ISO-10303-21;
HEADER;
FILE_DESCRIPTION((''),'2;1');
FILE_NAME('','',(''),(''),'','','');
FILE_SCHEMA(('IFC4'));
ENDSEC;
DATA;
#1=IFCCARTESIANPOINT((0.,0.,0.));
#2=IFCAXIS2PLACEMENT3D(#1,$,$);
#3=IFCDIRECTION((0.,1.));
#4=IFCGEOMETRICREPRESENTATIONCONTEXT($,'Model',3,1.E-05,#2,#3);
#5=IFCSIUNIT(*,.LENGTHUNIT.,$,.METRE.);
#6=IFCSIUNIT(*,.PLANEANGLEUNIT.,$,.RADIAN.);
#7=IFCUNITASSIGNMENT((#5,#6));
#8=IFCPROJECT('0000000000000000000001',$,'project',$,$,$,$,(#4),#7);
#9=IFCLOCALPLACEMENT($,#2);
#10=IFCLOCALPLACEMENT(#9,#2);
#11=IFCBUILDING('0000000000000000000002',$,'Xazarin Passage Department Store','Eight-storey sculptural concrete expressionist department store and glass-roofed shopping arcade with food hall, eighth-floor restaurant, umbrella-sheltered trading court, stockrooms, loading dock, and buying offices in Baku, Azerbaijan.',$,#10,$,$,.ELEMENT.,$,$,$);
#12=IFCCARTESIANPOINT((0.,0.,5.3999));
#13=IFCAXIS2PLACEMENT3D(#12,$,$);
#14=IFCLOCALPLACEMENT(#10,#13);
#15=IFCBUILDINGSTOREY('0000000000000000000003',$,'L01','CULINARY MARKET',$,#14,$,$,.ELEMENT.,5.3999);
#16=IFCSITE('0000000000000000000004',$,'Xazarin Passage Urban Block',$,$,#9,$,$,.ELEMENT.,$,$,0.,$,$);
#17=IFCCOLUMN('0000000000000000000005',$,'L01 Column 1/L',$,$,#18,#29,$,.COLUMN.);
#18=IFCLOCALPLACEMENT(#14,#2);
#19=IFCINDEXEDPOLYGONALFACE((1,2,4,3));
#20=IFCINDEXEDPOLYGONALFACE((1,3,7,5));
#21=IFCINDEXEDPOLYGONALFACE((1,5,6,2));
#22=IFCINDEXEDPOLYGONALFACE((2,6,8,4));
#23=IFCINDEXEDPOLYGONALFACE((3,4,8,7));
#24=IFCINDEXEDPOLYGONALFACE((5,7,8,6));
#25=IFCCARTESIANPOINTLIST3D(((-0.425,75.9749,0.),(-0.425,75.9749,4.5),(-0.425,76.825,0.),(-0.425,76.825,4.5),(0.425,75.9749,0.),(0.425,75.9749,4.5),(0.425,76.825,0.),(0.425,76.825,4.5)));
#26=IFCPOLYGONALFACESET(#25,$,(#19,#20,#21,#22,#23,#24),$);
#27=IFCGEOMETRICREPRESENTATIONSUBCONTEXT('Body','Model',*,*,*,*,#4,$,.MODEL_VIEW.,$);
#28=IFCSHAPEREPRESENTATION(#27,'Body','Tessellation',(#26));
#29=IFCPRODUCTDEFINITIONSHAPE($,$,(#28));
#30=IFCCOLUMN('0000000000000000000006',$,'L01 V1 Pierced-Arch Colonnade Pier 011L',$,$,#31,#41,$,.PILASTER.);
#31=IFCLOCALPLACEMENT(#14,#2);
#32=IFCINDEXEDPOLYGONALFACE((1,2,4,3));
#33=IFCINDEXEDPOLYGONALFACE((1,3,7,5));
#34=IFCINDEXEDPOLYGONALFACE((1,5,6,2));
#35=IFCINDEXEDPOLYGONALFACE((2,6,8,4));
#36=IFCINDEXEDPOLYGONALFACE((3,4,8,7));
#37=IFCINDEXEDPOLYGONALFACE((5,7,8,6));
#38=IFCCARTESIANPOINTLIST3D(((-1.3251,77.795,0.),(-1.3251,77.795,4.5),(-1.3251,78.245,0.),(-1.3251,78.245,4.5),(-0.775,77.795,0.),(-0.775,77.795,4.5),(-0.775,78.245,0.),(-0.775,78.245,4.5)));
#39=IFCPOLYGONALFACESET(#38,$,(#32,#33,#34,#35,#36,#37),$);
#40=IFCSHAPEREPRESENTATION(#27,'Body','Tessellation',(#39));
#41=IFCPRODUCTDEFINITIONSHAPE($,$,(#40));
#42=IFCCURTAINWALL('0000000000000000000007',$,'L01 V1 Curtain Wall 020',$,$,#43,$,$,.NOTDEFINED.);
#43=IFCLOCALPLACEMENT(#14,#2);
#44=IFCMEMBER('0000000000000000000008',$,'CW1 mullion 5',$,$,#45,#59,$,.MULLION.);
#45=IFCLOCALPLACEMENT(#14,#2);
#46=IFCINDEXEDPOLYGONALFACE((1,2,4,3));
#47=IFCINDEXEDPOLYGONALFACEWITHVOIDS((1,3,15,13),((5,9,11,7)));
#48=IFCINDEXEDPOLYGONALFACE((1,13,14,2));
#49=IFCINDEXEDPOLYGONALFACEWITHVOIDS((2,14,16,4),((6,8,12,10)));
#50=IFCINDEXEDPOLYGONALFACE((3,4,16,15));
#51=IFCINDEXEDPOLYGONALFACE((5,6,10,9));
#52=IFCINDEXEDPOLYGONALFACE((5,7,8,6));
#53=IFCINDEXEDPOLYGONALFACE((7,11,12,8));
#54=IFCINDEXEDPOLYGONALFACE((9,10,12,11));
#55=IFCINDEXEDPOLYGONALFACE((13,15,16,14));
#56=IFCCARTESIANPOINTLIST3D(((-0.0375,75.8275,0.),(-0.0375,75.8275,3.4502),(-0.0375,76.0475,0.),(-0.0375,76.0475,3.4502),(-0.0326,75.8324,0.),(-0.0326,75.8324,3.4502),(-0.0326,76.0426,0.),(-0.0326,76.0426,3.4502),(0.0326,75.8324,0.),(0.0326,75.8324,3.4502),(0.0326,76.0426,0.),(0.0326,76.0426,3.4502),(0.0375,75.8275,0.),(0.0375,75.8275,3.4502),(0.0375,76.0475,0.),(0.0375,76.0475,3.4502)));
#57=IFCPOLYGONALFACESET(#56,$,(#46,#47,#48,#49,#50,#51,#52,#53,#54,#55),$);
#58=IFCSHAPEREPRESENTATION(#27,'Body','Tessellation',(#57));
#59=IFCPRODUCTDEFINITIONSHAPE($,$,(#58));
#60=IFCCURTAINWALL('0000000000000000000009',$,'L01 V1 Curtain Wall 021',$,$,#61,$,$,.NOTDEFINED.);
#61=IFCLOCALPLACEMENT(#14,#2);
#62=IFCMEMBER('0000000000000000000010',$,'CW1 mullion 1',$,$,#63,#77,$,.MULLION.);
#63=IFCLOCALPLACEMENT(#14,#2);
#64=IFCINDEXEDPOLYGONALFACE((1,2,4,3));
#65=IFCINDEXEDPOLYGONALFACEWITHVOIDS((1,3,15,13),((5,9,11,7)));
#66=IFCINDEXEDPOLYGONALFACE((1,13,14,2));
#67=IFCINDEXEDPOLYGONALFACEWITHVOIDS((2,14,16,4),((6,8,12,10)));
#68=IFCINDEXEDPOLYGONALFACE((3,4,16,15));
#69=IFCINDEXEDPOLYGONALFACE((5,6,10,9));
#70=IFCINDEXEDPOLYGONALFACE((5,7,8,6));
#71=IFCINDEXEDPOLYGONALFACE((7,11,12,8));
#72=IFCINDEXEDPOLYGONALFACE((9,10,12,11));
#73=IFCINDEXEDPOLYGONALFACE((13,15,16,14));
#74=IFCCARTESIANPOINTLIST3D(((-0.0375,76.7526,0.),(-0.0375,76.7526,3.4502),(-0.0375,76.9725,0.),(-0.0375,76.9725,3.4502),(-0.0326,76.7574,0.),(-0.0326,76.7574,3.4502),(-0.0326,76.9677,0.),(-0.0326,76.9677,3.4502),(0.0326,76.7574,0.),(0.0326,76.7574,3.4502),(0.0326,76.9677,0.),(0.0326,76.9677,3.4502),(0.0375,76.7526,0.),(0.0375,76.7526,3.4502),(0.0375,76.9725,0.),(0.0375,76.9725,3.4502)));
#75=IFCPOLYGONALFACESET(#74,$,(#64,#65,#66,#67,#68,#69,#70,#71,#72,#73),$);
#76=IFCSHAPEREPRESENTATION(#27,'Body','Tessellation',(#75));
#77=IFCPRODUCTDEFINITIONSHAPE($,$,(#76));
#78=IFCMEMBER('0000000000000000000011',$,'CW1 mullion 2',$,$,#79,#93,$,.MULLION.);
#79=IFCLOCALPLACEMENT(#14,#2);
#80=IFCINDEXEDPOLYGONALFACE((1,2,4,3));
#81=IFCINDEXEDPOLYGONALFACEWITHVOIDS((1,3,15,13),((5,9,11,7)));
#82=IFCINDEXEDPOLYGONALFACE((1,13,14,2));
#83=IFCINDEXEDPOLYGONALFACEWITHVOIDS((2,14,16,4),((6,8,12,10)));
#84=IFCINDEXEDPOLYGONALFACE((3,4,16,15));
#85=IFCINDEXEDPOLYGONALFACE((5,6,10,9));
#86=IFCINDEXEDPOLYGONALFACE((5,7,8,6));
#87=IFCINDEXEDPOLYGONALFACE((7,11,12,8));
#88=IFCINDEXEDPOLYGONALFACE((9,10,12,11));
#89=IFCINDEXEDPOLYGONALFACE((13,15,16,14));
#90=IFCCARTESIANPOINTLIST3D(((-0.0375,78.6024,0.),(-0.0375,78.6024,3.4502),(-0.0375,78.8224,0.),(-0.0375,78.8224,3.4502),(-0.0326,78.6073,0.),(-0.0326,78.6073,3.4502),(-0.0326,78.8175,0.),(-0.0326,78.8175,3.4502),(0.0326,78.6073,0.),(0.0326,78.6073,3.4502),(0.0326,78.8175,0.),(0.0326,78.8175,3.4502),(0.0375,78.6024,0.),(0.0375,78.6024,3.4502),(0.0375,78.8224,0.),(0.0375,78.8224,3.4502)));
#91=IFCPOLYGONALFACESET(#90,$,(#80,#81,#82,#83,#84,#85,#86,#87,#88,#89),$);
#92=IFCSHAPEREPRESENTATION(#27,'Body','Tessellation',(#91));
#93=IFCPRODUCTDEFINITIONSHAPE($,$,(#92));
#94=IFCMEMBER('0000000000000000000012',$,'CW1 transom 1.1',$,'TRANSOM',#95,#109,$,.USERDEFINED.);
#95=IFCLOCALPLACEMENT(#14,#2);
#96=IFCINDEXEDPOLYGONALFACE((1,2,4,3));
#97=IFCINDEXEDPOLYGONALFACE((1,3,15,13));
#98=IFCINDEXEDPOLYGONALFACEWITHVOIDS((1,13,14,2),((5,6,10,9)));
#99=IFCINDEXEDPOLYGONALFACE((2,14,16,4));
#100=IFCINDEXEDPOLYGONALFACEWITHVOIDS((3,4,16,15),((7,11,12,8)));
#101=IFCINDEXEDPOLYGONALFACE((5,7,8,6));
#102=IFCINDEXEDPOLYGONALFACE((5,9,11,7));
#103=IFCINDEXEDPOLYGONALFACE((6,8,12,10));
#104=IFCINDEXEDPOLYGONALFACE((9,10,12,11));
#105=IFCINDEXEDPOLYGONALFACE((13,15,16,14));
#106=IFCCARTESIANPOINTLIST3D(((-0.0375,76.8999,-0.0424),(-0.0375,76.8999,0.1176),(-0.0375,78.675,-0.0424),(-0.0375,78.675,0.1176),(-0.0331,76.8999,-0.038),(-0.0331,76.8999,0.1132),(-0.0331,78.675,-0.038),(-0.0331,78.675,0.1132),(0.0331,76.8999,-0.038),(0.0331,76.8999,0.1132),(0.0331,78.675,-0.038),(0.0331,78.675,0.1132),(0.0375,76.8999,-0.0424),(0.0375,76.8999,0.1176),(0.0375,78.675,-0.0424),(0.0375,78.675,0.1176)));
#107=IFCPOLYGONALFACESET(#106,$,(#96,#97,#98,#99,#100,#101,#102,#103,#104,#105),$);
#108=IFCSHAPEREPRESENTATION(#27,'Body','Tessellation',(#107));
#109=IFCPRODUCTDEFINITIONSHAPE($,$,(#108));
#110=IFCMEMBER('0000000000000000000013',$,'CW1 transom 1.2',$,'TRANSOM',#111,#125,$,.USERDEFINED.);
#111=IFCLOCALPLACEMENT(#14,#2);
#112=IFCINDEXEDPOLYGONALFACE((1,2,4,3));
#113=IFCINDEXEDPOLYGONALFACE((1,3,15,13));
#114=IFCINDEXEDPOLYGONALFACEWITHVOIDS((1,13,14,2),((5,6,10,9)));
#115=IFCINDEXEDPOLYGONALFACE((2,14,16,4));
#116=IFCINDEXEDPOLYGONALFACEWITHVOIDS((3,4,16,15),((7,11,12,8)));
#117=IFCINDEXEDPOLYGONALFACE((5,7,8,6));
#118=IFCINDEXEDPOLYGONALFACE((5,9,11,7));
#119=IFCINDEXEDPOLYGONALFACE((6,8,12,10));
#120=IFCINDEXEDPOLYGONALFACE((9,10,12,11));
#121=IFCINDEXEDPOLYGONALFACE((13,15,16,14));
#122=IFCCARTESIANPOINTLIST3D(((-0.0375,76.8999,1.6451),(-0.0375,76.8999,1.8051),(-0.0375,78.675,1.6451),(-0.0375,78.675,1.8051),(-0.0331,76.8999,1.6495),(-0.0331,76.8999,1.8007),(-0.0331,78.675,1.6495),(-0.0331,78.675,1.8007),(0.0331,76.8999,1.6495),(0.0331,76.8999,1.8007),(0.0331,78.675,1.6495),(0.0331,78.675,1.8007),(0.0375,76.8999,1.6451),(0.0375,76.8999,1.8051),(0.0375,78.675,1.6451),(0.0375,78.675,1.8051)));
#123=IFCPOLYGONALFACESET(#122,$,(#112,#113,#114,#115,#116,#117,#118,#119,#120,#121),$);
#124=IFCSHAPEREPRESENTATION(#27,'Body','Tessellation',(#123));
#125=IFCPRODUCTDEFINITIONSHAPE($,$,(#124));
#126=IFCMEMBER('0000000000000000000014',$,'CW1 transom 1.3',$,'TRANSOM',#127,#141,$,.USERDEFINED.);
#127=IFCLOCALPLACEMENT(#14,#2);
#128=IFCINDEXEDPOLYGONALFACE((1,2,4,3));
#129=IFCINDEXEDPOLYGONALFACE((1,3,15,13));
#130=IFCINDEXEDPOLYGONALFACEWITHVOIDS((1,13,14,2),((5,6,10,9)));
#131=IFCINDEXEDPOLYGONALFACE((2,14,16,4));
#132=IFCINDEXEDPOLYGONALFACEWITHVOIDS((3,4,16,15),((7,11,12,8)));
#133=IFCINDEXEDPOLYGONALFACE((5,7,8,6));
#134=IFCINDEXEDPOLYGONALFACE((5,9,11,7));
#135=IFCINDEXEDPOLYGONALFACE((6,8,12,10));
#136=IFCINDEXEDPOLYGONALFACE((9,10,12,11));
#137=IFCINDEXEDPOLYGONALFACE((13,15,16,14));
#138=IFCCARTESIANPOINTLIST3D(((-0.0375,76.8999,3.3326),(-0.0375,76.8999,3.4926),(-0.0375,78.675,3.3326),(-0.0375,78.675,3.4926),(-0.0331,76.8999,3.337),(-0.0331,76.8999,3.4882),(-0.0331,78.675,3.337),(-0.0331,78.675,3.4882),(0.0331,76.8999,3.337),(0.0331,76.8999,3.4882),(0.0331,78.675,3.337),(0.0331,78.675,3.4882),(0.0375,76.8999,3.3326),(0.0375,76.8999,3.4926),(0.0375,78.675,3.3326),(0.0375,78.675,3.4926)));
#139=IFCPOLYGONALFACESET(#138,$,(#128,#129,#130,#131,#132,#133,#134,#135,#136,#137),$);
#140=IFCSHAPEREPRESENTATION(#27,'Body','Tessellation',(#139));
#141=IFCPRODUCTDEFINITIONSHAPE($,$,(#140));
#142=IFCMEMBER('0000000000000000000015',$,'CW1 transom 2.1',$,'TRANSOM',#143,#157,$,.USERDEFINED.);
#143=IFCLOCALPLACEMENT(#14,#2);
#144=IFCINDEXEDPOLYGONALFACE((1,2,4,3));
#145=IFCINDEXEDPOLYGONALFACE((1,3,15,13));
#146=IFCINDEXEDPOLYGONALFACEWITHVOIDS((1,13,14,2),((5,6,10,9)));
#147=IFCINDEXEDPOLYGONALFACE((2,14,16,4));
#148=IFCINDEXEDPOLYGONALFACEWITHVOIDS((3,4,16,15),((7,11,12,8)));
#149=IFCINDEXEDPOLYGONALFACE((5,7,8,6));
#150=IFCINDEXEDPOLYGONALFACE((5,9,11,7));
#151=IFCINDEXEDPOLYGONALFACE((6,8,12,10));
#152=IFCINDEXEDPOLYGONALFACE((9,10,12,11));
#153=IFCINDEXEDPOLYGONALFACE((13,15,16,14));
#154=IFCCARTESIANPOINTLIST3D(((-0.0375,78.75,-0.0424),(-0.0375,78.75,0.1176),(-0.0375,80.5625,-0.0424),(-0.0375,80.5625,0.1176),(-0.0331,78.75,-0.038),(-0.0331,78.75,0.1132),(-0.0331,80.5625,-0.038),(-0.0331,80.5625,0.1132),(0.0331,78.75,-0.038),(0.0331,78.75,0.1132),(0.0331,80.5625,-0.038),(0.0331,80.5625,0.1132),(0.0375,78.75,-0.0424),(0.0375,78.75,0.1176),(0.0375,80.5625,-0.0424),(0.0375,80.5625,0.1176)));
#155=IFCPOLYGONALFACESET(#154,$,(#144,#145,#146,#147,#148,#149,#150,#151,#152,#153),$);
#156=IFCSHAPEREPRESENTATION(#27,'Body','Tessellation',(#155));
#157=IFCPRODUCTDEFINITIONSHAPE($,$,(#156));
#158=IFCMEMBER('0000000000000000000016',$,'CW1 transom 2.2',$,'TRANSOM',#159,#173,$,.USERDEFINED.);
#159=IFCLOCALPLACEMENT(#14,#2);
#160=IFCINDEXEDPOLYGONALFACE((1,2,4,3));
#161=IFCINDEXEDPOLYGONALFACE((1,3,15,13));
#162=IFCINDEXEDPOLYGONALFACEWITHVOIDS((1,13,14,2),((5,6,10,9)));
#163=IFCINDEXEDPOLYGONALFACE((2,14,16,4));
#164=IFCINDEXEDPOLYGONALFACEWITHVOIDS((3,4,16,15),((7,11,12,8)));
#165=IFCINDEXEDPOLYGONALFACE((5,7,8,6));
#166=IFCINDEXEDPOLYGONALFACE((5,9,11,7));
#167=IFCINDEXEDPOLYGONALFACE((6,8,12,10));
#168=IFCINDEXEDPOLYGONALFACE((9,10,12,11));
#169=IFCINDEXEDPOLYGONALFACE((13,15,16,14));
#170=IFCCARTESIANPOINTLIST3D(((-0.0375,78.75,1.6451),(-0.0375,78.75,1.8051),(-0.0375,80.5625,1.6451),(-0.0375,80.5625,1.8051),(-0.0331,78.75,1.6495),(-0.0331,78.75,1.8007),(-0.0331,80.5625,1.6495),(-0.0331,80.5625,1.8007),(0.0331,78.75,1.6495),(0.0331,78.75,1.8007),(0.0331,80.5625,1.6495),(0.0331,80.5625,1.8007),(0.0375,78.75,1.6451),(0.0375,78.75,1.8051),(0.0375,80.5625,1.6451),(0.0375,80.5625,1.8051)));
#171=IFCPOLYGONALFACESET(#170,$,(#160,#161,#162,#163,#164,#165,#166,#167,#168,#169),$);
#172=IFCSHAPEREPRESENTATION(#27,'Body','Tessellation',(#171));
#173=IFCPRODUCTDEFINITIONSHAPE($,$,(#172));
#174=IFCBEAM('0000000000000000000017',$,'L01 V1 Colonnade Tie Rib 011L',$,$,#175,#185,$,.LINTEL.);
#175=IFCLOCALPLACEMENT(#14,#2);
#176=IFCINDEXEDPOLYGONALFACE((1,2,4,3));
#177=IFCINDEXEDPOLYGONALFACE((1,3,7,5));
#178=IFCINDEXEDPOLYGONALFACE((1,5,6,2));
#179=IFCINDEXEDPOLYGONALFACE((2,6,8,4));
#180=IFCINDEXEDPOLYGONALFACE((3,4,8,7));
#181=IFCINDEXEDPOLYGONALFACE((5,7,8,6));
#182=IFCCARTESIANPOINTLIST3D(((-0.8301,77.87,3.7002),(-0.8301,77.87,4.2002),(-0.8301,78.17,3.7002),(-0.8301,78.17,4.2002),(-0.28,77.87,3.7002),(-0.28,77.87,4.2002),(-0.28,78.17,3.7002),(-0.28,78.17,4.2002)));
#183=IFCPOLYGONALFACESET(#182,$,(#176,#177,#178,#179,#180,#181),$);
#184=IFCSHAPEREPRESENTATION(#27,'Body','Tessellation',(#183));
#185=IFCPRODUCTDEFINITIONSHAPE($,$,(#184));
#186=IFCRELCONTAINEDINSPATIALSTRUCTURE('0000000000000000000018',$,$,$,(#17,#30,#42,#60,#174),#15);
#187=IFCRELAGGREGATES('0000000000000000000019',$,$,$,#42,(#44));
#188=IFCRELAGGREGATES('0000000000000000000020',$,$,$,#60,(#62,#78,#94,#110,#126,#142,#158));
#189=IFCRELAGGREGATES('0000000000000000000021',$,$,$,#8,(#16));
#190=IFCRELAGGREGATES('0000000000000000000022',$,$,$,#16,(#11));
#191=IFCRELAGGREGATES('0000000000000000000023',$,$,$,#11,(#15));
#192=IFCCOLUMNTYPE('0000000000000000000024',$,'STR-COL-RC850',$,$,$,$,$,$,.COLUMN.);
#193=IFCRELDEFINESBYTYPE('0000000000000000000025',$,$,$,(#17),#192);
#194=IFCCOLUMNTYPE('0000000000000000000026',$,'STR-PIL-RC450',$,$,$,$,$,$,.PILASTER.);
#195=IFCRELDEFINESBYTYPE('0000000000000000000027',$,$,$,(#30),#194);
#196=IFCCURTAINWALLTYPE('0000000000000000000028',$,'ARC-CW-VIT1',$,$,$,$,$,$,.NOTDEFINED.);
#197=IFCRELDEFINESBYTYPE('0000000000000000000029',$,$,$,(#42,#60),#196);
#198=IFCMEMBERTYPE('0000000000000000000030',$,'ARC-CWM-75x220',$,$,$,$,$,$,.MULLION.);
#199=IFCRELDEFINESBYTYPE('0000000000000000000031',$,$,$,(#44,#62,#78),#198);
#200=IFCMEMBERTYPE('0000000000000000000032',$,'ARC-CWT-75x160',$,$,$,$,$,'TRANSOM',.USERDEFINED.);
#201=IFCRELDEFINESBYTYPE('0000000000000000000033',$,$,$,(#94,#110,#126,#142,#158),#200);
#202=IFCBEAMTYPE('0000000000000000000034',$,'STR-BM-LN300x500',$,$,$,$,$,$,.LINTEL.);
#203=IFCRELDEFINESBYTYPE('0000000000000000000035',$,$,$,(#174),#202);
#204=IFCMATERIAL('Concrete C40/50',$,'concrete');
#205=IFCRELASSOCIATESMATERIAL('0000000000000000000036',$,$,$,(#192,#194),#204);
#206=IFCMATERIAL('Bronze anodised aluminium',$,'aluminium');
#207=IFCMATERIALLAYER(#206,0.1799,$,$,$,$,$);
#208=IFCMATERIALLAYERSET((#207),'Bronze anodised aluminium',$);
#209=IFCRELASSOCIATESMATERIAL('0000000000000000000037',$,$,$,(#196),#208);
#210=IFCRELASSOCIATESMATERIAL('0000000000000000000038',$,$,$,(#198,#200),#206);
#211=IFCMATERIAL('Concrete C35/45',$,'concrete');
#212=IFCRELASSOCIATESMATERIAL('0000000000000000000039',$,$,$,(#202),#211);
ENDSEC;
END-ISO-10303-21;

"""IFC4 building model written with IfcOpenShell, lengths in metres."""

from ifc_helpers import new_model, si_unit, direction, frame, origin, origin_2d, place, context, subcontext, project, spatial, rectangle, hollow_rectangle, extrude, material, layer, layer_set, material_profile, profile_set, type_object, element, aggregate, save


model = new_model("IFC4")

# Units and contexts
model_context = context("Model", 3, precision=1e-05, world=origin(), true_north=direction((0.0, 1.0)))
body_context = subcontext(model_context, "Body", "Model", "MODEL_VIEW")
ifc_project = project(units=[si_unit("LENGTHUNIT", "METRE"), si_unit("PLANEANGLEUNIT", "RADIAN")], contexts=[model_context])

# Site, building, storey
site_placement = place(None, origin())
site = spatial("IfcSite", under=ifc_project, at=site_placement, Name="Xazarin Passage Urban Block", CompositionType="ELEMENT", RefElevation=0.0)
building_placement = place(site_placement, origin())
building = spatial("IfcBuilding", under=site, at=building_placement, Name="Xazarin Passage Department Store", Description="Eight-storey sculptural concrete expressionist department store and glass-roofed shopping arcade with food hall, eighth-floor restaurant, umbrella-sheltered trading court, stockrooms, loading dock, and buying offices in Baku, Azerbaijan.", CompositionType="ELEMENT")
storey_placement = place(building_placement, frame((0.0, 0.0, 5.3999)))
storey = spatial("IfcBuildingStorey", under=building, at=storey_placement, Name="L01", Description="CULINARY MARKET", CompositionType="ELEMENT", Elevation=5.3999)

# Columns
ifc_material_1 = material(Name="Concrete C40/50", Category="concrete")
ifc_material_profile_1 = material_profile(ifc_material_1, rectangle(XDim=0.8501, YDim=0.8501, at=origin_2d()), Name="RC 850x850")
ifc_profile_set_1 = profile_set([ifc_material_profile_1], Name="Concrete C40/50")
column_type_1 = type_object("IfcColumnType", Name="STR-COL-RC850", PredefinedType="COLUMN", material=ifc_profile_set_1)
column_1_placement = place(storey_placement, frame((0.0, 76.3999, 0.0), z_axis=(0.0, 0.0, 1.0), x_axis=(1.0, 0.0, 0.0)))
element("IfcColumn", 1, at=column_1_placement, inside=storey, type_object=column_type_1, Name="L01 Column 1/L", PredefinedType="COLUMN", context=body_context, shape_type="SweptSolid", body=[
    extrude(rectangle(XDim=0.8501, YDim=0.8501, at=origin_2d()), origin(), (0.0, 0.0, 1.0), 4.5),
])
ifc_material_profile_2 = material_profile(ifc_material_1, rectangle(XDim=0.45, YDim=0.55, at=origin_2d()), Name="RC 450x550")
ifc_profile_set_2 = profile_set([ifc_material_profile_2], Name="Concrete C40/50")
column_type_2 = type_object("IfcColumnType", Name="STR-PIL-RC450", PredefinedType="PILASTER", material=ifc_profile_set_2)
column_2_placement = place(storey_placement, frame((-1.05, 78.02, 0.0), z_axis=(0.0, 0.0, 1.0), x_axis=(0.0, 1.0, 0.0)))
element("IfcColumn", 2, at=column_2_placement, inside=storey, type_object=column_type_2, Name="L01 V1 Pierced-Arch Colonnade Pier 011L", PredefinedType="PILASTER", context=body_context, shape_type="SweptSolid", body=[
    extrude(rectangle(XDim=0.45, YDim=0.55, at=origin_2d()), origin(), (0.0, 0.0, 1.0), 4.5),
])

# Curtain wall, member
ifc_material_2 = material(Name="Bronze anodised aluminium", Category="aluminium")
ifc_layer_1 = layer(ifc_material_2, 0.1799)
ifc_layer_set_1 = layer_set([ifc_layer_1], Name="Bronze anodised aluminium")
curtain_wall_type = type_object("IfcCurtainWallType", Name="ARC-CW-VIT1", PredefinedType="NOTDEFINED", material=ifc_layer_set_1)
curtain_wall_1_placement = place(storey_placement, origin())
curtain_wall_1 = element("IfcCurtainWall", 3, at=curtain_wall_1_placement, inside=storey, type_object=curtain_wall_type, Name="L01 V1 Curtain Wall 020", PredefinedType="NOTDEFINED")
ifc_material_profile_3 = material_profile(ifc_material_2, hollow_rectangle(XDim=0.075, YDim=0.22, WallThickness=0.0049, at=origin_2d()), Name="ALU 75x220")
ifc_profile_set_3 = profile_set([ifc_material_profile_3], Name="Bronze anodised aluminium")
member_type_1 = type_object("IfcMemberType", Name="ARC-CWM-75x220", PredefinedType="MULLION", material=ifc_profile_set_3)
member_1_placement = place(storey_placement, frame((0.0, 75.9375, 0.0), z_axis=(0.0, 0.0, 1.0), x_axis=(-1.0, 0.0, 0.0)))
member_1 = element("IfcMember", 4, at=member_1_placement, type_object=member_type_1, Name="CW1 mullion 5", PredefinedType="MULLION", context=body_context, shape_type="SweptSolid", body=[
    extrude(hollow_rectangle(XDim=0.075, YDim=0.22, WallThickness=0.0049, at=origin_2d()), origin(), (0.0, 0.0, 1.0), 3.4502),
])

# Curtain wall, members
curtain_wall_2_placement = place(storey_placement, origin())
curtain_wall_2 = element("IfcCurtainWall", 5, at=curtain_wall_2_placement, inside=storey, type_object=curtain_wall_type, Name="L01 V1 Curtain Wall 021", PredefinedType="NOTDEFINED")
member_2_placement = place(storey_placement, frame((0.0, 76.8625, 0.0), z_axis=(0.0, 0.0, 1.0), x_axis=(-1.0, 0.0, 0.0)))
member_2 = element("IfcMember", 6, at=member_2_placement, type_object=member_type_1, Name="CW1 mullion 1", PredefinedType="MULLION", context=body_context, shape_type="SweptSolid", body=[
    extrude(hollow_rectangle(XDim=0.075, YDim=0.22, WallThickness=0.0049, at=origin_2d()), origin(), (0.0, 0.0, 1.0), 3.4502),
])
member_3_placement = place(storey_placement, frame((0.0, 78.7124, 0.0), z_axis=(0.0, 0.0, 1.0), x_axis=(-1.0, 0.0, 0.0)))
member_3 = element("IfcMember", 7, at=member_3_placement, type_object=member_type_1, Name="CW1 mullion 2", PredefinedType="MULLION", context=body_context, shape_type="SweptSolid", body=[
    extrude(hollow_rectangle(XDim=0.075, YDim=0.22, WallThickness=0.0049, at=origin_2d()), origin(), (0.0, 0.0, 1.0), 3.4502),
])
ifc_material_profile_4 = material_profile(ifc_material_2, hollow_rectangle(XDim=0.075, YDim=0.1599, WallThickness=0.0044, at=origin_2d()), Name="ALU 75x160")
ifc_profile_set_4 = profile_set([ifc_material_profile_4], Name="Bronze anodised aluminium")
member_type_2 = type_object("IfcMemberType", Name="ARC-CWT-75x160", ElementType="TRANSOM", PredefinedType="USERDEFINED", material=ifc_profile_set_4)
member_4_placement = place(storey_placement, frame((0.0, 76.8999, 0.0376), z_axis=(0.0, 1.0, 0.0), x_axis=(-1.0, 0.0, 0.0)))
member_4 = element("IfcMember", 8, at=member_4_placement, type_object=member_type_2, Name="CW1 transom 1.1", ObjectType="TRANSOM", PredefinedType="USERDEFINED", context=body_context, shape_type="SweptSolid", body=[
    extrude(hollow_rectangle(XDim=0.075, YDim=0.1599, WallThickness=0.0044, at=origin_2d()), origin(), (0.0, 0.0, 1.0), 1.7751),
])
member_5_placement = place(storey_placement, frame((0.0, 76.8999, 1.7251), z_axis=(0.0, 1.0, 0.0), x_axis=(-1.0, 0.0, 0.0)))
member_5 = element("IfcMember", 9, at=member_5_placement, type_object=member_type_2, Name="CW1 transom 1.2", ObjectType="TRANSOM", PredefinedType="USERDEFINED", context=body_context, shape_type="SweptSolid", body=[
    extrude(hollow_rectangle(XDim=0.075, YDim=0.1599, WallThickness=0.0044, at=origin_2d()), origin(), (0.0, 0.0, 1.0), 1.7751),
])
member_6_placement = place(storey_placement, frame((0.0, 76.8999, 3.4126), z_axis=(0.0, 1.0, 0.0), x_axis=(-1.0, 0.0, 0.0)))
member_6 = element("IfcMember", 10, at=member_6_placement, type_object=member_type_2, Name="CW1 transom 1.3", ObjectType="TRANSOM", PredefinedType="USERDEFINED", context=body_context, shape_type="SweptSolid", body=[
    extrude(hollow_rectangle(XDim=0.075, YDim=0.1599, WallThickness=0.0044, at=origin_2d()), origin(), (0.0, 0.0, 1.0), 1.7751),
])
member_7_placement = place(storey_placement, frame((0.0, 78.75, 0.0376), z_axis=(0.0, 1.0, 0.0), x_axis=(-1.0, 0.0, 0.0)))
member_7 = element("IfcMember", 11, at=member_7_placement, type_object=member_type_2, Name="CW1 transom 2.1", ObjectType="TRANSOM", PredefinedType="USERDEFINED", context=body_context, shape_type="SweptSolid", body=[
    extrude(hollow_rectangle(XDim=0.075, YDim=0.1599, WallThickness=0.0044, at=origin_2d()), origin(), (0.0, 0.0, 1.0), 1.8125),
])
member_8_placement = place(storey_placement, frame((0.0, 78.75, 1.7251), z_axis=(0.0, 1.0, 0.0), x_axis=(-1.0, 0.0, 0.0)))
member_8 = element("IfcMember", 12, at=member_8_placement, type_object=member_type_2, Name="CW1 transom 2.2", ObjectType="TRANSOM", PredefinedType="USERDEFINED", context=body_context, shape_type="SweptSolid", body=[
    extrude(hollow_rectangle(XDim=0.075, YDim=0.1599, WallThickness=0.0044, at=origin_2d()), origin(), (0.0, 0.0, 1.0), 1.8125),
])

# Beam
ifc_material_3 = material(Name="Concrete C35/45", Category="concrete")
ifc_material_profile_5 = material_profile(ifc_material_3, rectangle(XDim=0.3, YDim=0.5, at=origin_2d()), Name="RC 300x500")
ifc_profile_set_5 = profile_set([ifc_material_profile_5], Name="Concrete C35/45")
beam_type_1 = type_object("IfcBeamType", Name="STR-BM-LN300x500", PredefinedType="LINTEL", material=ifc_profile_set_5)
beam_1_placement = place(storey_placement, frame((-0.28, 78.02, 3.9502), z_axis=(-1.0, 0.0, 0.0), x_axis=(0.0, -1.0, 0.0)))
element("IfcBeam", 13, at=beam_1_placement, inside=storey, type_object=beam_type_1, Name="L01 V1 Colonnade Tie Rib 011L", PredefinedType="LINTEL", context=body_context, shape_type="SweptSolid", body=[
    extrude(rectangle(XDim=0.3, YDim=0.5, at=origin_2d()), origin(), (0.0, 0.0, 1.0), 0.55),
])

aggregate(curtain_wall_1, [member_1])
aggregate(curtain_wall_2, [member_2, member_3, member_4, member_5, member_6, member_7, member_8])

save(model, "model.ifc")
